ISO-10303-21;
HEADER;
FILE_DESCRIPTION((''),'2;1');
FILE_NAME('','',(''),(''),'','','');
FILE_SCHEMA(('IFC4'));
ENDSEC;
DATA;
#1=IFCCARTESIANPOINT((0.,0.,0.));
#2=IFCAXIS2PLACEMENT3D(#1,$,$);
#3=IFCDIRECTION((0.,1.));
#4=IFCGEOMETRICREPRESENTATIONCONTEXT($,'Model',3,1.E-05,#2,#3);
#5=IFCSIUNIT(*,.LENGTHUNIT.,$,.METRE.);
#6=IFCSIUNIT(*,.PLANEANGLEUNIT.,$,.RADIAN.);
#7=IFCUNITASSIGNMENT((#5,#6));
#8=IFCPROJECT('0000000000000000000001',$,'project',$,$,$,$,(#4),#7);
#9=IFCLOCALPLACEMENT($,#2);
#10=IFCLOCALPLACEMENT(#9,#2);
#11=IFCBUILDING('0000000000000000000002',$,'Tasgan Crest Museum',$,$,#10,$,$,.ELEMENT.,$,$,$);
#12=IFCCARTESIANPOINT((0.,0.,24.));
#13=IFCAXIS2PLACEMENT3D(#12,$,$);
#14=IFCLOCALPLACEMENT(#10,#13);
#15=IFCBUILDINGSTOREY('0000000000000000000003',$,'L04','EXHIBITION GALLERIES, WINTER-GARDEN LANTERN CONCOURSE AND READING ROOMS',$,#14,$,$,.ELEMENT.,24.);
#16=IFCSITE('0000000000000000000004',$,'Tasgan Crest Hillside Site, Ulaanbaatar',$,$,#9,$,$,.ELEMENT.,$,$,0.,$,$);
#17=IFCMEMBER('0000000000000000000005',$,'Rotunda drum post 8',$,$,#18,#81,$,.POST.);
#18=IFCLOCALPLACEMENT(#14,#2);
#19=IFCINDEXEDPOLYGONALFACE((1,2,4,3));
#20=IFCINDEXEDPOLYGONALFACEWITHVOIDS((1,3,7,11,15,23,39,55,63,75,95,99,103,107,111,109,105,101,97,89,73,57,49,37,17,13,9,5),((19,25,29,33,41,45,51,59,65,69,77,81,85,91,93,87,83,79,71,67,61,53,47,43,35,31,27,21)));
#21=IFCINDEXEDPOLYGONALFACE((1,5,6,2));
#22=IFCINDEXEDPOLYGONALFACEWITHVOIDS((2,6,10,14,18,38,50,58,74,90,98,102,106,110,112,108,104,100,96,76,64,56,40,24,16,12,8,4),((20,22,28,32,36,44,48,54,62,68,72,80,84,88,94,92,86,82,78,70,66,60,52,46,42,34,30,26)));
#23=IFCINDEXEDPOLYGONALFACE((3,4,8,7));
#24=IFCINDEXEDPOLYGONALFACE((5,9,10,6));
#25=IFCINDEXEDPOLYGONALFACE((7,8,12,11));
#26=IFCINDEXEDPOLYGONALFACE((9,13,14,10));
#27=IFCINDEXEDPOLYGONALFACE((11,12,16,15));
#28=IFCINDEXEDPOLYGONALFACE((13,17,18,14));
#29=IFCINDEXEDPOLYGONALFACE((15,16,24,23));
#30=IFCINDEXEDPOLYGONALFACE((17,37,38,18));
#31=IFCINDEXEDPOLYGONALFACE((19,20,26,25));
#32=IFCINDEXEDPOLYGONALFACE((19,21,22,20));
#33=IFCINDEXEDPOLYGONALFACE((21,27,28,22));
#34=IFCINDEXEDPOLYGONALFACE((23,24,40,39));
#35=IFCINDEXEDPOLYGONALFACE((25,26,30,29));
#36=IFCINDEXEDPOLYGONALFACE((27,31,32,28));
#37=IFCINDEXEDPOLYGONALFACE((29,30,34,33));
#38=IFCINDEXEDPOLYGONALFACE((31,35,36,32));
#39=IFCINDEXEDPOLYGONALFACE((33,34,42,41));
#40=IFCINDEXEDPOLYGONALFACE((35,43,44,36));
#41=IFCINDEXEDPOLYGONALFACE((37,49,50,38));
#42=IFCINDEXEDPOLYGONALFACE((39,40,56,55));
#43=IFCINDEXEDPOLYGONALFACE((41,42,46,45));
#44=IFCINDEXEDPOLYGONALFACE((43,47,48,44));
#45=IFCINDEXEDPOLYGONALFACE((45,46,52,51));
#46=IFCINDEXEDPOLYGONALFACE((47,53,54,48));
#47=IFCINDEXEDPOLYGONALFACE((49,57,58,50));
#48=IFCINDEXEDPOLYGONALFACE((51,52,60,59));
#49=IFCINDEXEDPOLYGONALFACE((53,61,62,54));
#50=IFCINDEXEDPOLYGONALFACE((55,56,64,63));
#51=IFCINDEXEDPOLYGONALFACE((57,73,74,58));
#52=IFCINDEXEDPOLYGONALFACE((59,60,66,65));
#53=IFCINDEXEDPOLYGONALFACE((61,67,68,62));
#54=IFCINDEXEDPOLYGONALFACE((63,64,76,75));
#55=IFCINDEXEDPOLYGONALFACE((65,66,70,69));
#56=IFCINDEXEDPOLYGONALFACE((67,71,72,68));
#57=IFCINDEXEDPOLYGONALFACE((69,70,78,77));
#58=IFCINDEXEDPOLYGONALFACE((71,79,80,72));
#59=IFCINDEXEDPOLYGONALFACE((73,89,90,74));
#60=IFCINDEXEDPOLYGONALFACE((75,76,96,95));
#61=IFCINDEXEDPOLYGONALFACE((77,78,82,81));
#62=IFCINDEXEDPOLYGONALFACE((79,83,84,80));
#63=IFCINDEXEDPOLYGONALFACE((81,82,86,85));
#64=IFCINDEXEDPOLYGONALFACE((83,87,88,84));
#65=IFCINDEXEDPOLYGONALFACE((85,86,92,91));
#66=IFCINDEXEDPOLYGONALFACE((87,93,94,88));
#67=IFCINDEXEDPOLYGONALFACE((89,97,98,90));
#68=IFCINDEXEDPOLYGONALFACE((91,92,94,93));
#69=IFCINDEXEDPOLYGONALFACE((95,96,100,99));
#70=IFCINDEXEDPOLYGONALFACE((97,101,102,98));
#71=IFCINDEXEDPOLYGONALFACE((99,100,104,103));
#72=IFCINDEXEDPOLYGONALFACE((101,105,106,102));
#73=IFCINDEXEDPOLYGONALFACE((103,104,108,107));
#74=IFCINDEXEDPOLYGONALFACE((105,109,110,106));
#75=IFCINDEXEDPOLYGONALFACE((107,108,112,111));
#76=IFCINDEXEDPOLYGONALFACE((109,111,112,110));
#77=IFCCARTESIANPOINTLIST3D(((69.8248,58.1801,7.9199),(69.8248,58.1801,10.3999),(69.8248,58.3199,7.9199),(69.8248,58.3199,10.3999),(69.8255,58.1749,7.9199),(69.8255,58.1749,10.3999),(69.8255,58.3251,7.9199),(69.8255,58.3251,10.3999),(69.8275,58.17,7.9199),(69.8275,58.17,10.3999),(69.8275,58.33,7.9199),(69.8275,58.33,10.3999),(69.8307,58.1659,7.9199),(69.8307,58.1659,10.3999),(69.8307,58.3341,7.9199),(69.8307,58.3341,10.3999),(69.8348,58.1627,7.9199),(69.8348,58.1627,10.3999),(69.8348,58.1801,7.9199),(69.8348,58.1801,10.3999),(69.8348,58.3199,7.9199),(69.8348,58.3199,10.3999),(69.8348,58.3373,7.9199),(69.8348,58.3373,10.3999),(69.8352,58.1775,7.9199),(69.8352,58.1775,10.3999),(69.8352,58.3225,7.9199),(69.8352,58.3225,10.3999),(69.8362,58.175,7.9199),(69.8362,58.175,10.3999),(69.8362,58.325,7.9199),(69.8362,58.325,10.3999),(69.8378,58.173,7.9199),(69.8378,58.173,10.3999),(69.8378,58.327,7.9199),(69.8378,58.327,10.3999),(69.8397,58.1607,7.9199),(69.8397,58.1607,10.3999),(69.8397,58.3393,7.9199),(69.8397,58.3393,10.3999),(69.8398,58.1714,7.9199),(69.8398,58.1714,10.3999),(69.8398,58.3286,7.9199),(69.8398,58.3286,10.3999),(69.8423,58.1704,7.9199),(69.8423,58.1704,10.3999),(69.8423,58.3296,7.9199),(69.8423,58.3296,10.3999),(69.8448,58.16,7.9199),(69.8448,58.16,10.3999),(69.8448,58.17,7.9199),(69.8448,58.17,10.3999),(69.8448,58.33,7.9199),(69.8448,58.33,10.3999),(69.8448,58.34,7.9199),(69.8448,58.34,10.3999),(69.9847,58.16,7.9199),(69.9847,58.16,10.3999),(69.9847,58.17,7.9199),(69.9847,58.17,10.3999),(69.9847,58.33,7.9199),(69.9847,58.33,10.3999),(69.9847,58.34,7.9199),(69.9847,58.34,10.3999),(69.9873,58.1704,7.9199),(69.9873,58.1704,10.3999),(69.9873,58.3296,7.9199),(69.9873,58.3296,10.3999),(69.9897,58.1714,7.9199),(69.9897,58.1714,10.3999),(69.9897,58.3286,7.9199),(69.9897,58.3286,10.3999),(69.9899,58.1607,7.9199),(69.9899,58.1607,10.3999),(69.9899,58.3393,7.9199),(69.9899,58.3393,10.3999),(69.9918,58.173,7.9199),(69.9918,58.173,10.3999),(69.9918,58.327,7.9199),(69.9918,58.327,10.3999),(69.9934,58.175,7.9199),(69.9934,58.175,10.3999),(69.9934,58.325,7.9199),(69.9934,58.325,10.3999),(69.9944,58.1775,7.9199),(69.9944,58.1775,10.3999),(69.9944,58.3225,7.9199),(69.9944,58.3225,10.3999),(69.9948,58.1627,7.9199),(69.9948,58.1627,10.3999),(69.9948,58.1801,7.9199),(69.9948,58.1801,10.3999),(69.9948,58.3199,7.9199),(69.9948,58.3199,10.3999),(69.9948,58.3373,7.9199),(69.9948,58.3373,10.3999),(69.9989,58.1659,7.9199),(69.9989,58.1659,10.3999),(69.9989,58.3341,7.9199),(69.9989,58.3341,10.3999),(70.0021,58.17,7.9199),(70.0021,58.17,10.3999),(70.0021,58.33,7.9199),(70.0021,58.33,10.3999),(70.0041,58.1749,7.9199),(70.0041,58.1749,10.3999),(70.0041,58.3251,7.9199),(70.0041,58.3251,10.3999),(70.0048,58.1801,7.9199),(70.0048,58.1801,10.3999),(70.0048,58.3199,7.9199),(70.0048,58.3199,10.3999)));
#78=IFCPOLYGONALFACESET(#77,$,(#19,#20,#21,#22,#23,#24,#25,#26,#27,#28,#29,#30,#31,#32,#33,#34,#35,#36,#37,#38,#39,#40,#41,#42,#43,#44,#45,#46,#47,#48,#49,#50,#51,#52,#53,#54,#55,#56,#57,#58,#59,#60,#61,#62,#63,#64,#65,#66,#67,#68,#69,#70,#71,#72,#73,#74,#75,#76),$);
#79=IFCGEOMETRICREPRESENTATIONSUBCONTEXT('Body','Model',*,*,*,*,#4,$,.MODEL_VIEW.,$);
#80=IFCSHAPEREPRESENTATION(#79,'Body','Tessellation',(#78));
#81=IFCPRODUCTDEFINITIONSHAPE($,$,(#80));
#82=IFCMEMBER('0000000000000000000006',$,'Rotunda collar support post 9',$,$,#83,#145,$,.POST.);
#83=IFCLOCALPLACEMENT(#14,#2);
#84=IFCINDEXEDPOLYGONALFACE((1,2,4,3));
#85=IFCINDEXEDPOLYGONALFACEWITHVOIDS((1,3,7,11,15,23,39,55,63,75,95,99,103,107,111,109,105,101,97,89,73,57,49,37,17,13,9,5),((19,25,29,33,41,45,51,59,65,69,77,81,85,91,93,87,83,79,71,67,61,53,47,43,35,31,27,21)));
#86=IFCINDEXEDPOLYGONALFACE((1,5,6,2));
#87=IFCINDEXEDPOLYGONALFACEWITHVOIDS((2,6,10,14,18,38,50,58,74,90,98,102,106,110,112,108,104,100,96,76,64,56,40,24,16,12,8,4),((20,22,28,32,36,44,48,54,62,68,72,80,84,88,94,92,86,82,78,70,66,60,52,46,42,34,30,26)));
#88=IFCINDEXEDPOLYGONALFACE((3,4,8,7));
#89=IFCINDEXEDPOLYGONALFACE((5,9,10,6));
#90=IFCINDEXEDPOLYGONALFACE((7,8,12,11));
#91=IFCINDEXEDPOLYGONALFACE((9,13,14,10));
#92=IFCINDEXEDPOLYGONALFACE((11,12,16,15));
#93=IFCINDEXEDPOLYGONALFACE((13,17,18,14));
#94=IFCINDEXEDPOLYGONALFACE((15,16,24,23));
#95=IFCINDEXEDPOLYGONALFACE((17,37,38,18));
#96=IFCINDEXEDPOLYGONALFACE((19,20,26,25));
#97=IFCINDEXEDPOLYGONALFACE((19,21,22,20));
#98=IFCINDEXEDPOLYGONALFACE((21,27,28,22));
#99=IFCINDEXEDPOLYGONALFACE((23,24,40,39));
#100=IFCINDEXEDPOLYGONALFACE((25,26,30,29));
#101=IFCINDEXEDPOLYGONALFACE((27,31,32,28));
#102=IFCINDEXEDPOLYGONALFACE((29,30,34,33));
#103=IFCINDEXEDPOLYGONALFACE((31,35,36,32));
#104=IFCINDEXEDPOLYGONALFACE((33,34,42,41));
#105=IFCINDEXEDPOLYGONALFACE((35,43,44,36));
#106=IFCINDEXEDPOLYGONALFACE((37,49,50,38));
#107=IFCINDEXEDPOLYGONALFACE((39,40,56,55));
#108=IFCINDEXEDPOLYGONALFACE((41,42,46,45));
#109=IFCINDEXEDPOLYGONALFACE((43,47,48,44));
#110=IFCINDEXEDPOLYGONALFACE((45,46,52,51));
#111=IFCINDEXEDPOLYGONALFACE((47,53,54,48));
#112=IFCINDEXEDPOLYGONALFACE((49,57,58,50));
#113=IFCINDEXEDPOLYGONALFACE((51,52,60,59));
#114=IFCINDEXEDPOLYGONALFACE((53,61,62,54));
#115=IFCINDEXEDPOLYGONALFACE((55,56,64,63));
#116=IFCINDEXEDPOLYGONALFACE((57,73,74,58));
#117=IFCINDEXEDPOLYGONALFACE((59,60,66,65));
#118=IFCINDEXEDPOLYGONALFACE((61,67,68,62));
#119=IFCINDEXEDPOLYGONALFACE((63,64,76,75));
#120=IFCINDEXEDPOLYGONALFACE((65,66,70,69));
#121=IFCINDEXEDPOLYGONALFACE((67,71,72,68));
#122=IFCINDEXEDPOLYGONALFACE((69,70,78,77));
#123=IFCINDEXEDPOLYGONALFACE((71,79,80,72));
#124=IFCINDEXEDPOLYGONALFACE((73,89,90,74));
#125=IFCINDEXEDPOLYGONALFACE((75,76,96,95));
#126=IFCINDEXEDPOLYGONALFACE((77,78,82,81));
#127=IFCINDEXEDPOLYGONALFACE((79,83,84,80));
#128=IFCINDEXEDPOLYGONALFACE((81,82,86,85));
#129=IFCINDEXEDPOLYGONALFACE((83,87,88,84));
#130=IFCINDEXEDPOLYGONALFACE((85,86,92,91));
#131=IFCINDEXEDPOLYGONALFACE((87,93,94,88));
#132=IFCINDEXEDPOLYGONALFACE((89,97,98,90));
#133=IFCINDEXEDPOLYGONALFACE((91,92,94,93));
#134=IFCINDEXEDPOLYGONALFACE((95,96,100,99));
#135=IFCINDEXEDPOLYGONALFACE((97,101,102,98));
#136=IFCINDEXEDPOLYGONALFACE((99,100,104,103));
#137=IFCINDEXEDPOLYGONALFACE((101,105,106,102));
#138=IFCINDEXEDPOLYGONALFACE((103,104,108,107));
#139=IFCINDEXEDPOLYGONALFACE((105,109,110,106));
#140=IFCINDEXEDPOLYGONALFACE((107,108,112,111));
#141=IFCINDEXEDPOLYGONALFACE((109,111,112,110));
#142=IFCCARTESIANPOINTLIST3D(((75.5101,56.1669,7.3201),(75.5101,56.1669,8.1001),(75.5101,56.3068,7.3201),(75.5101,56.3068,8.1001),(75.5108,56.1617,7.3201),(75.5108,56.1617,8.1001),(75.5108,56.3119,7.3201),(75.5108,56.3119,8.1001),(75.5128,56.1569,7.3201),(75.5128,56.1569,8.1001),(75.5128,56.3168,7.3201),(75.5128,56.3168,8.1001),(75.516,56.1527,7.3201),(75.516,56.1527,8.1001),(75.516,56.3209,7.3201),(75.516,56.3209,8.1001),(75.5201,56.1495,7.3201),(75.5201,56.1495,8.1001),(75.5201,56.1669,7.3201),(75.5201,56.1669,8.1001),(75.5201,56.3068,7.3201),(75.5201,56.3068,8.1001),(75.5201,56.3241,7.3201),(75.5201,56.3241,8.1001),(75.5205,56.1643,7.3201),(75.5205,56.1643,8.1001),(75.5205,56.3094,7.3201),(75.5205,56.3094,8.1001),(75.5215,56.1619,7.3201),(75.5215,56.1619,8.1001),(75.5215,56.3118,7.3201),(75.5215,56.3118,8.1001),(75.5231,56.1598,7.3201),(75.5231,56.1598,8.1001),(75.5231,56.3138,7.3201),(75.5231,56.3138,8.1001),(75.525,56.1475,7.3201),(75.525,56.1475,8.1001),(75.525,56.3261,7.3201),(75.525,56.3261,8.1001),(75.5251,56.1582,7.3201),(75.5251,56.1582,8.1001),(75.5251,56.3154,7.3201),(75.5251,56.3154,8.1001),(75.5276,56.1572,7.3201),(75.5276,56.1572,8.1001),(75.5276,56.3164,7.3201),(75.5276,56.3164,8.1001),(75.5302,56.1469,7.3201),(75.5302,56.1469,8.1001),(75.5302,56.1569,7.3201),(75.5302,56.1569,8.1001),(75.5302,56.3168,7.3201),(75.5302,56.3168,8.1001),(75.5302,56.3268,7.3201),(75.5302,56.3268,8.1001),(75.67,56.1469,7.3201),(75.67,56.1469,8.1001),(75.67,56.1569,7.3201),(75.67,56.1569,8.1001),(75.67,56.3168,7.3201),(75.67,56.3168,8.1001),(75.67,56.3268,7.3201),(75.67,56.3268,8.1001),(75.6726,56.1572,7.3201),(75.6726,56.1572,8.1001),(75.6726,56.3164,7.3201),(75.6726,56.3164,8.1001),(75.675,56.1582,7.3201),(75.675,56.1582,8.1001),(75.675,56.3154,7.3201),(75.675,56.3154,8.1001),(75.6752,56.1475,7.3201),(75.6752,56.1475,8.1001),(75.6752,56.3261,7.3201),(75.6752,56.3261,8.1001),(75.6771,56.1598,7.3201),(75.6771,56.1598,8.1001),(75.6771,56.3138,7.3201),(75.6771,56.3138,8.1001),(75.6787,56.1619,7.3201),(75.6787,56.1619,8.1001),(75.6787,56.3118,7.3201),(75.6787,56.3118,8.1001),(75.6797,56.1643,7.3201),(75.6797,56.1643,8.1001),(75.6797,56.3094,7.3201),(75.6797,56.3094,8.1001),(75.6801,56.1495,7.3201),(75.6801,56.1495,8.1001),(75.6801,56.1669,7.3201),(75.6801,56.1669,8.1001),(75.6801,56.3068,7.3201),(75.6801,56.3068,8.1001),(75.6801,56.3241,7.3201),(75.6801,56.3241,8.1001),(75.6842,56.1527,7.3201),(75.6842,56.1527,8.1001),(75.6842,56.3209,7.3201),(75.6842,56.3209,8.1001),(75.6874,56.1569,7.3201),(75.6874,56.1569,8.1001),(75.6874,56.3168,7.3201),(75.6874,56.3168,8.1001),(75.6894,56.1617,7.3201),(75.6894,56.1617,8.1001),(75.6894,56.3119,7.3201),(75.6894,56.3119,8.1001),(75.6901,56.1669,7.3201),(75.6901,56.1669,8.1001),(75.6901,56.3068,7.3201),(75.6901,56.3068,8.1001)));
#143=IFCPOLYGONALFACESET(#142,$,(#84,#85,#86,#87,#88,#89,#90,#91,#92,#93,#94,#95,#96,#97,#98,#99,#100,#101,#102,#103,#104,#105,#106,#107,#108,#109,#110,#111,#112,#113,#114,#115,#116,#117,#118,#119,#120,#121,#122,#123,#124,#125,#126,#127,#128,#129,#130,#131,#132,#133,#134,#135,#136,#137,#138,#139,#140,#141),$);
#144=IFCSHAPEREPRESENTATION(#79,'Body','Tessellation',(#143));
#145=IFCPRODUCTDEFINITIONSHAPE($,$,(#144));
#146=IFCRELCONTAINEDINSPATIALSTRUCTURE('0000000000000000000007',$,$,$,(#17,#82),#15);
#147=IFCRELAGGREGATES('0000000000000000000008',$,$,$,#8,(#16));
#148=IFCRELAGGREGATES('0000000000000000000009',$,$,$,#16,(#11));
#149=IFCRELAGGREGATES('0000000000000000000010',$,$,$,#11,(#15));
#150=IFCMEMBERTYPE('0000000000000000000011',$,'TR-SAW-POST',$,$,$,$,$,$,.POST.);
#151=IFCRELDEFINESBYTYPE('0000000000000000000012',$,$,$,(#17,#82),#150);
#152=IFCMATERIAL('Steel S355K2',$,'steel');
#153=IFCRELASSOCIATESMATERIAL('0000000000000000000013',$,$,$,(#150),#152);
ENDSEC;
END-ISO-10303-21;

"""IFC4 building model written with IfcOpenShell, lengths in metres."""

from ifc_helpers import new_model, si_unit, direction, frame, origin, origin_2d, place, context, subcontext, project, spatial, hollow_rectangle, extrude, material, material_profile, profile_set, type_object, element, save


model = new_model("IFC4")

# Units and contexts
model_context = context("Model", 3, precision=1e-05, world=origin(), true_north=direction((0.0, 1.0)))
body_context = subcontext(model_context, "Body", "Model", "MODEL_VIEW")
ifc_project = project(units=[si_unit("LENGTHUNIT", "METRE"), si_unit("PLANEANGLEUNIT", "RADIAN")], contexts=[model_context])

# Site, building, storey
site_placement = place(None, origin())
site = spatial("IfcSite", under=ifc_project, at=site_placement, Name="Tasgan Crest Hillside Site, Ulaanbaatar", CompositionType="ELEMENT", RefElevation=0.0)
building_placement = place(site_placement, origin())
building = spatial("IfcBuilding", under=site, at=building_placement, Name="Tasgan Crest Museum", CompositionType="ELEMENT")
storey_placement = place(building_placement, frame((0.0, 0.0, 24.0)))
storey = spatial("IfcBuildingStorey", under=building, at=storey_placement, Name="L04", Description="EXHIBITION GALLERIES, WINTER-GARDEN LANTERN CONCOURSE AND READING ROOMS", CompositionType="ELEMENT", Elevation=24.0)

# Members
ifc_material_1 = material(Name="Steel S355K2", Category="steel")
ifc_material_profile_1 = material_profile(ifc_material_1, hollow_rectangle(XDim=0.1799, YDim=0.1799, WallThickness=0.01, InnerFilletRadius=0.01, OuterFilletRadius=0.02, at=origin_2d()), Name="SHS 180x180x10")
ifc_profile_set_1 = profile_set([ifc_material_profile_1], Name="Steel S355K2")
member_type_1 = type_object("IfcMemberType", Name="TR-SAW-POST", PredefinedType="POST", material=ifc_profile_set_1)
member_1_placement = place(storey_placement, frame((69.9148, 58.25, 7.9199), z_axis=(0.0, 0.0, 1.0), x_axis=(1.0, 0.0, 0.0)))
element("IfcMember", 1, at=member_1_placement, inside=storey, type_object=member_type_1, Name="Rotunda drum post 8", PredefinedType="POST", context=body_context, shape_type="SweptSolid", body=[
    extrude(hollow_rectangle(XDim=0.1799, YDim=0.1799, WallThickness=0.01, InnerFilletRadius=0.01, OuterFilletRadius=0.02, at=origin_2d()), origin(), (0.0, 0.0, 1.0), 2.48),
])
member_2_placement = place(storey_placement, frame((75.6001, 56.2368, 7.3201), z_axis=(0.0, 0.0, 1.0), x_axis=(1.0, 0.0, 0.0)))
element("IfcMember", 2, at=member_2_placement, inside=storey, type_object=member_type_1, Name="Rotunda collar support post 9", PredefinedType="POST", context=body_context, shape_type="SweptSolid", body=[
    extrude(hollow_rectangle(XDim=0.1799, YDim=0.1799, WallThickness=0.01, InnerFilletRadius=0.01, OuterFilletRadius=0.02, at=origin_2d()), origin(), (0.0, 0.0, 1.0), 0.78),
])

save(model, "model.ifc")
